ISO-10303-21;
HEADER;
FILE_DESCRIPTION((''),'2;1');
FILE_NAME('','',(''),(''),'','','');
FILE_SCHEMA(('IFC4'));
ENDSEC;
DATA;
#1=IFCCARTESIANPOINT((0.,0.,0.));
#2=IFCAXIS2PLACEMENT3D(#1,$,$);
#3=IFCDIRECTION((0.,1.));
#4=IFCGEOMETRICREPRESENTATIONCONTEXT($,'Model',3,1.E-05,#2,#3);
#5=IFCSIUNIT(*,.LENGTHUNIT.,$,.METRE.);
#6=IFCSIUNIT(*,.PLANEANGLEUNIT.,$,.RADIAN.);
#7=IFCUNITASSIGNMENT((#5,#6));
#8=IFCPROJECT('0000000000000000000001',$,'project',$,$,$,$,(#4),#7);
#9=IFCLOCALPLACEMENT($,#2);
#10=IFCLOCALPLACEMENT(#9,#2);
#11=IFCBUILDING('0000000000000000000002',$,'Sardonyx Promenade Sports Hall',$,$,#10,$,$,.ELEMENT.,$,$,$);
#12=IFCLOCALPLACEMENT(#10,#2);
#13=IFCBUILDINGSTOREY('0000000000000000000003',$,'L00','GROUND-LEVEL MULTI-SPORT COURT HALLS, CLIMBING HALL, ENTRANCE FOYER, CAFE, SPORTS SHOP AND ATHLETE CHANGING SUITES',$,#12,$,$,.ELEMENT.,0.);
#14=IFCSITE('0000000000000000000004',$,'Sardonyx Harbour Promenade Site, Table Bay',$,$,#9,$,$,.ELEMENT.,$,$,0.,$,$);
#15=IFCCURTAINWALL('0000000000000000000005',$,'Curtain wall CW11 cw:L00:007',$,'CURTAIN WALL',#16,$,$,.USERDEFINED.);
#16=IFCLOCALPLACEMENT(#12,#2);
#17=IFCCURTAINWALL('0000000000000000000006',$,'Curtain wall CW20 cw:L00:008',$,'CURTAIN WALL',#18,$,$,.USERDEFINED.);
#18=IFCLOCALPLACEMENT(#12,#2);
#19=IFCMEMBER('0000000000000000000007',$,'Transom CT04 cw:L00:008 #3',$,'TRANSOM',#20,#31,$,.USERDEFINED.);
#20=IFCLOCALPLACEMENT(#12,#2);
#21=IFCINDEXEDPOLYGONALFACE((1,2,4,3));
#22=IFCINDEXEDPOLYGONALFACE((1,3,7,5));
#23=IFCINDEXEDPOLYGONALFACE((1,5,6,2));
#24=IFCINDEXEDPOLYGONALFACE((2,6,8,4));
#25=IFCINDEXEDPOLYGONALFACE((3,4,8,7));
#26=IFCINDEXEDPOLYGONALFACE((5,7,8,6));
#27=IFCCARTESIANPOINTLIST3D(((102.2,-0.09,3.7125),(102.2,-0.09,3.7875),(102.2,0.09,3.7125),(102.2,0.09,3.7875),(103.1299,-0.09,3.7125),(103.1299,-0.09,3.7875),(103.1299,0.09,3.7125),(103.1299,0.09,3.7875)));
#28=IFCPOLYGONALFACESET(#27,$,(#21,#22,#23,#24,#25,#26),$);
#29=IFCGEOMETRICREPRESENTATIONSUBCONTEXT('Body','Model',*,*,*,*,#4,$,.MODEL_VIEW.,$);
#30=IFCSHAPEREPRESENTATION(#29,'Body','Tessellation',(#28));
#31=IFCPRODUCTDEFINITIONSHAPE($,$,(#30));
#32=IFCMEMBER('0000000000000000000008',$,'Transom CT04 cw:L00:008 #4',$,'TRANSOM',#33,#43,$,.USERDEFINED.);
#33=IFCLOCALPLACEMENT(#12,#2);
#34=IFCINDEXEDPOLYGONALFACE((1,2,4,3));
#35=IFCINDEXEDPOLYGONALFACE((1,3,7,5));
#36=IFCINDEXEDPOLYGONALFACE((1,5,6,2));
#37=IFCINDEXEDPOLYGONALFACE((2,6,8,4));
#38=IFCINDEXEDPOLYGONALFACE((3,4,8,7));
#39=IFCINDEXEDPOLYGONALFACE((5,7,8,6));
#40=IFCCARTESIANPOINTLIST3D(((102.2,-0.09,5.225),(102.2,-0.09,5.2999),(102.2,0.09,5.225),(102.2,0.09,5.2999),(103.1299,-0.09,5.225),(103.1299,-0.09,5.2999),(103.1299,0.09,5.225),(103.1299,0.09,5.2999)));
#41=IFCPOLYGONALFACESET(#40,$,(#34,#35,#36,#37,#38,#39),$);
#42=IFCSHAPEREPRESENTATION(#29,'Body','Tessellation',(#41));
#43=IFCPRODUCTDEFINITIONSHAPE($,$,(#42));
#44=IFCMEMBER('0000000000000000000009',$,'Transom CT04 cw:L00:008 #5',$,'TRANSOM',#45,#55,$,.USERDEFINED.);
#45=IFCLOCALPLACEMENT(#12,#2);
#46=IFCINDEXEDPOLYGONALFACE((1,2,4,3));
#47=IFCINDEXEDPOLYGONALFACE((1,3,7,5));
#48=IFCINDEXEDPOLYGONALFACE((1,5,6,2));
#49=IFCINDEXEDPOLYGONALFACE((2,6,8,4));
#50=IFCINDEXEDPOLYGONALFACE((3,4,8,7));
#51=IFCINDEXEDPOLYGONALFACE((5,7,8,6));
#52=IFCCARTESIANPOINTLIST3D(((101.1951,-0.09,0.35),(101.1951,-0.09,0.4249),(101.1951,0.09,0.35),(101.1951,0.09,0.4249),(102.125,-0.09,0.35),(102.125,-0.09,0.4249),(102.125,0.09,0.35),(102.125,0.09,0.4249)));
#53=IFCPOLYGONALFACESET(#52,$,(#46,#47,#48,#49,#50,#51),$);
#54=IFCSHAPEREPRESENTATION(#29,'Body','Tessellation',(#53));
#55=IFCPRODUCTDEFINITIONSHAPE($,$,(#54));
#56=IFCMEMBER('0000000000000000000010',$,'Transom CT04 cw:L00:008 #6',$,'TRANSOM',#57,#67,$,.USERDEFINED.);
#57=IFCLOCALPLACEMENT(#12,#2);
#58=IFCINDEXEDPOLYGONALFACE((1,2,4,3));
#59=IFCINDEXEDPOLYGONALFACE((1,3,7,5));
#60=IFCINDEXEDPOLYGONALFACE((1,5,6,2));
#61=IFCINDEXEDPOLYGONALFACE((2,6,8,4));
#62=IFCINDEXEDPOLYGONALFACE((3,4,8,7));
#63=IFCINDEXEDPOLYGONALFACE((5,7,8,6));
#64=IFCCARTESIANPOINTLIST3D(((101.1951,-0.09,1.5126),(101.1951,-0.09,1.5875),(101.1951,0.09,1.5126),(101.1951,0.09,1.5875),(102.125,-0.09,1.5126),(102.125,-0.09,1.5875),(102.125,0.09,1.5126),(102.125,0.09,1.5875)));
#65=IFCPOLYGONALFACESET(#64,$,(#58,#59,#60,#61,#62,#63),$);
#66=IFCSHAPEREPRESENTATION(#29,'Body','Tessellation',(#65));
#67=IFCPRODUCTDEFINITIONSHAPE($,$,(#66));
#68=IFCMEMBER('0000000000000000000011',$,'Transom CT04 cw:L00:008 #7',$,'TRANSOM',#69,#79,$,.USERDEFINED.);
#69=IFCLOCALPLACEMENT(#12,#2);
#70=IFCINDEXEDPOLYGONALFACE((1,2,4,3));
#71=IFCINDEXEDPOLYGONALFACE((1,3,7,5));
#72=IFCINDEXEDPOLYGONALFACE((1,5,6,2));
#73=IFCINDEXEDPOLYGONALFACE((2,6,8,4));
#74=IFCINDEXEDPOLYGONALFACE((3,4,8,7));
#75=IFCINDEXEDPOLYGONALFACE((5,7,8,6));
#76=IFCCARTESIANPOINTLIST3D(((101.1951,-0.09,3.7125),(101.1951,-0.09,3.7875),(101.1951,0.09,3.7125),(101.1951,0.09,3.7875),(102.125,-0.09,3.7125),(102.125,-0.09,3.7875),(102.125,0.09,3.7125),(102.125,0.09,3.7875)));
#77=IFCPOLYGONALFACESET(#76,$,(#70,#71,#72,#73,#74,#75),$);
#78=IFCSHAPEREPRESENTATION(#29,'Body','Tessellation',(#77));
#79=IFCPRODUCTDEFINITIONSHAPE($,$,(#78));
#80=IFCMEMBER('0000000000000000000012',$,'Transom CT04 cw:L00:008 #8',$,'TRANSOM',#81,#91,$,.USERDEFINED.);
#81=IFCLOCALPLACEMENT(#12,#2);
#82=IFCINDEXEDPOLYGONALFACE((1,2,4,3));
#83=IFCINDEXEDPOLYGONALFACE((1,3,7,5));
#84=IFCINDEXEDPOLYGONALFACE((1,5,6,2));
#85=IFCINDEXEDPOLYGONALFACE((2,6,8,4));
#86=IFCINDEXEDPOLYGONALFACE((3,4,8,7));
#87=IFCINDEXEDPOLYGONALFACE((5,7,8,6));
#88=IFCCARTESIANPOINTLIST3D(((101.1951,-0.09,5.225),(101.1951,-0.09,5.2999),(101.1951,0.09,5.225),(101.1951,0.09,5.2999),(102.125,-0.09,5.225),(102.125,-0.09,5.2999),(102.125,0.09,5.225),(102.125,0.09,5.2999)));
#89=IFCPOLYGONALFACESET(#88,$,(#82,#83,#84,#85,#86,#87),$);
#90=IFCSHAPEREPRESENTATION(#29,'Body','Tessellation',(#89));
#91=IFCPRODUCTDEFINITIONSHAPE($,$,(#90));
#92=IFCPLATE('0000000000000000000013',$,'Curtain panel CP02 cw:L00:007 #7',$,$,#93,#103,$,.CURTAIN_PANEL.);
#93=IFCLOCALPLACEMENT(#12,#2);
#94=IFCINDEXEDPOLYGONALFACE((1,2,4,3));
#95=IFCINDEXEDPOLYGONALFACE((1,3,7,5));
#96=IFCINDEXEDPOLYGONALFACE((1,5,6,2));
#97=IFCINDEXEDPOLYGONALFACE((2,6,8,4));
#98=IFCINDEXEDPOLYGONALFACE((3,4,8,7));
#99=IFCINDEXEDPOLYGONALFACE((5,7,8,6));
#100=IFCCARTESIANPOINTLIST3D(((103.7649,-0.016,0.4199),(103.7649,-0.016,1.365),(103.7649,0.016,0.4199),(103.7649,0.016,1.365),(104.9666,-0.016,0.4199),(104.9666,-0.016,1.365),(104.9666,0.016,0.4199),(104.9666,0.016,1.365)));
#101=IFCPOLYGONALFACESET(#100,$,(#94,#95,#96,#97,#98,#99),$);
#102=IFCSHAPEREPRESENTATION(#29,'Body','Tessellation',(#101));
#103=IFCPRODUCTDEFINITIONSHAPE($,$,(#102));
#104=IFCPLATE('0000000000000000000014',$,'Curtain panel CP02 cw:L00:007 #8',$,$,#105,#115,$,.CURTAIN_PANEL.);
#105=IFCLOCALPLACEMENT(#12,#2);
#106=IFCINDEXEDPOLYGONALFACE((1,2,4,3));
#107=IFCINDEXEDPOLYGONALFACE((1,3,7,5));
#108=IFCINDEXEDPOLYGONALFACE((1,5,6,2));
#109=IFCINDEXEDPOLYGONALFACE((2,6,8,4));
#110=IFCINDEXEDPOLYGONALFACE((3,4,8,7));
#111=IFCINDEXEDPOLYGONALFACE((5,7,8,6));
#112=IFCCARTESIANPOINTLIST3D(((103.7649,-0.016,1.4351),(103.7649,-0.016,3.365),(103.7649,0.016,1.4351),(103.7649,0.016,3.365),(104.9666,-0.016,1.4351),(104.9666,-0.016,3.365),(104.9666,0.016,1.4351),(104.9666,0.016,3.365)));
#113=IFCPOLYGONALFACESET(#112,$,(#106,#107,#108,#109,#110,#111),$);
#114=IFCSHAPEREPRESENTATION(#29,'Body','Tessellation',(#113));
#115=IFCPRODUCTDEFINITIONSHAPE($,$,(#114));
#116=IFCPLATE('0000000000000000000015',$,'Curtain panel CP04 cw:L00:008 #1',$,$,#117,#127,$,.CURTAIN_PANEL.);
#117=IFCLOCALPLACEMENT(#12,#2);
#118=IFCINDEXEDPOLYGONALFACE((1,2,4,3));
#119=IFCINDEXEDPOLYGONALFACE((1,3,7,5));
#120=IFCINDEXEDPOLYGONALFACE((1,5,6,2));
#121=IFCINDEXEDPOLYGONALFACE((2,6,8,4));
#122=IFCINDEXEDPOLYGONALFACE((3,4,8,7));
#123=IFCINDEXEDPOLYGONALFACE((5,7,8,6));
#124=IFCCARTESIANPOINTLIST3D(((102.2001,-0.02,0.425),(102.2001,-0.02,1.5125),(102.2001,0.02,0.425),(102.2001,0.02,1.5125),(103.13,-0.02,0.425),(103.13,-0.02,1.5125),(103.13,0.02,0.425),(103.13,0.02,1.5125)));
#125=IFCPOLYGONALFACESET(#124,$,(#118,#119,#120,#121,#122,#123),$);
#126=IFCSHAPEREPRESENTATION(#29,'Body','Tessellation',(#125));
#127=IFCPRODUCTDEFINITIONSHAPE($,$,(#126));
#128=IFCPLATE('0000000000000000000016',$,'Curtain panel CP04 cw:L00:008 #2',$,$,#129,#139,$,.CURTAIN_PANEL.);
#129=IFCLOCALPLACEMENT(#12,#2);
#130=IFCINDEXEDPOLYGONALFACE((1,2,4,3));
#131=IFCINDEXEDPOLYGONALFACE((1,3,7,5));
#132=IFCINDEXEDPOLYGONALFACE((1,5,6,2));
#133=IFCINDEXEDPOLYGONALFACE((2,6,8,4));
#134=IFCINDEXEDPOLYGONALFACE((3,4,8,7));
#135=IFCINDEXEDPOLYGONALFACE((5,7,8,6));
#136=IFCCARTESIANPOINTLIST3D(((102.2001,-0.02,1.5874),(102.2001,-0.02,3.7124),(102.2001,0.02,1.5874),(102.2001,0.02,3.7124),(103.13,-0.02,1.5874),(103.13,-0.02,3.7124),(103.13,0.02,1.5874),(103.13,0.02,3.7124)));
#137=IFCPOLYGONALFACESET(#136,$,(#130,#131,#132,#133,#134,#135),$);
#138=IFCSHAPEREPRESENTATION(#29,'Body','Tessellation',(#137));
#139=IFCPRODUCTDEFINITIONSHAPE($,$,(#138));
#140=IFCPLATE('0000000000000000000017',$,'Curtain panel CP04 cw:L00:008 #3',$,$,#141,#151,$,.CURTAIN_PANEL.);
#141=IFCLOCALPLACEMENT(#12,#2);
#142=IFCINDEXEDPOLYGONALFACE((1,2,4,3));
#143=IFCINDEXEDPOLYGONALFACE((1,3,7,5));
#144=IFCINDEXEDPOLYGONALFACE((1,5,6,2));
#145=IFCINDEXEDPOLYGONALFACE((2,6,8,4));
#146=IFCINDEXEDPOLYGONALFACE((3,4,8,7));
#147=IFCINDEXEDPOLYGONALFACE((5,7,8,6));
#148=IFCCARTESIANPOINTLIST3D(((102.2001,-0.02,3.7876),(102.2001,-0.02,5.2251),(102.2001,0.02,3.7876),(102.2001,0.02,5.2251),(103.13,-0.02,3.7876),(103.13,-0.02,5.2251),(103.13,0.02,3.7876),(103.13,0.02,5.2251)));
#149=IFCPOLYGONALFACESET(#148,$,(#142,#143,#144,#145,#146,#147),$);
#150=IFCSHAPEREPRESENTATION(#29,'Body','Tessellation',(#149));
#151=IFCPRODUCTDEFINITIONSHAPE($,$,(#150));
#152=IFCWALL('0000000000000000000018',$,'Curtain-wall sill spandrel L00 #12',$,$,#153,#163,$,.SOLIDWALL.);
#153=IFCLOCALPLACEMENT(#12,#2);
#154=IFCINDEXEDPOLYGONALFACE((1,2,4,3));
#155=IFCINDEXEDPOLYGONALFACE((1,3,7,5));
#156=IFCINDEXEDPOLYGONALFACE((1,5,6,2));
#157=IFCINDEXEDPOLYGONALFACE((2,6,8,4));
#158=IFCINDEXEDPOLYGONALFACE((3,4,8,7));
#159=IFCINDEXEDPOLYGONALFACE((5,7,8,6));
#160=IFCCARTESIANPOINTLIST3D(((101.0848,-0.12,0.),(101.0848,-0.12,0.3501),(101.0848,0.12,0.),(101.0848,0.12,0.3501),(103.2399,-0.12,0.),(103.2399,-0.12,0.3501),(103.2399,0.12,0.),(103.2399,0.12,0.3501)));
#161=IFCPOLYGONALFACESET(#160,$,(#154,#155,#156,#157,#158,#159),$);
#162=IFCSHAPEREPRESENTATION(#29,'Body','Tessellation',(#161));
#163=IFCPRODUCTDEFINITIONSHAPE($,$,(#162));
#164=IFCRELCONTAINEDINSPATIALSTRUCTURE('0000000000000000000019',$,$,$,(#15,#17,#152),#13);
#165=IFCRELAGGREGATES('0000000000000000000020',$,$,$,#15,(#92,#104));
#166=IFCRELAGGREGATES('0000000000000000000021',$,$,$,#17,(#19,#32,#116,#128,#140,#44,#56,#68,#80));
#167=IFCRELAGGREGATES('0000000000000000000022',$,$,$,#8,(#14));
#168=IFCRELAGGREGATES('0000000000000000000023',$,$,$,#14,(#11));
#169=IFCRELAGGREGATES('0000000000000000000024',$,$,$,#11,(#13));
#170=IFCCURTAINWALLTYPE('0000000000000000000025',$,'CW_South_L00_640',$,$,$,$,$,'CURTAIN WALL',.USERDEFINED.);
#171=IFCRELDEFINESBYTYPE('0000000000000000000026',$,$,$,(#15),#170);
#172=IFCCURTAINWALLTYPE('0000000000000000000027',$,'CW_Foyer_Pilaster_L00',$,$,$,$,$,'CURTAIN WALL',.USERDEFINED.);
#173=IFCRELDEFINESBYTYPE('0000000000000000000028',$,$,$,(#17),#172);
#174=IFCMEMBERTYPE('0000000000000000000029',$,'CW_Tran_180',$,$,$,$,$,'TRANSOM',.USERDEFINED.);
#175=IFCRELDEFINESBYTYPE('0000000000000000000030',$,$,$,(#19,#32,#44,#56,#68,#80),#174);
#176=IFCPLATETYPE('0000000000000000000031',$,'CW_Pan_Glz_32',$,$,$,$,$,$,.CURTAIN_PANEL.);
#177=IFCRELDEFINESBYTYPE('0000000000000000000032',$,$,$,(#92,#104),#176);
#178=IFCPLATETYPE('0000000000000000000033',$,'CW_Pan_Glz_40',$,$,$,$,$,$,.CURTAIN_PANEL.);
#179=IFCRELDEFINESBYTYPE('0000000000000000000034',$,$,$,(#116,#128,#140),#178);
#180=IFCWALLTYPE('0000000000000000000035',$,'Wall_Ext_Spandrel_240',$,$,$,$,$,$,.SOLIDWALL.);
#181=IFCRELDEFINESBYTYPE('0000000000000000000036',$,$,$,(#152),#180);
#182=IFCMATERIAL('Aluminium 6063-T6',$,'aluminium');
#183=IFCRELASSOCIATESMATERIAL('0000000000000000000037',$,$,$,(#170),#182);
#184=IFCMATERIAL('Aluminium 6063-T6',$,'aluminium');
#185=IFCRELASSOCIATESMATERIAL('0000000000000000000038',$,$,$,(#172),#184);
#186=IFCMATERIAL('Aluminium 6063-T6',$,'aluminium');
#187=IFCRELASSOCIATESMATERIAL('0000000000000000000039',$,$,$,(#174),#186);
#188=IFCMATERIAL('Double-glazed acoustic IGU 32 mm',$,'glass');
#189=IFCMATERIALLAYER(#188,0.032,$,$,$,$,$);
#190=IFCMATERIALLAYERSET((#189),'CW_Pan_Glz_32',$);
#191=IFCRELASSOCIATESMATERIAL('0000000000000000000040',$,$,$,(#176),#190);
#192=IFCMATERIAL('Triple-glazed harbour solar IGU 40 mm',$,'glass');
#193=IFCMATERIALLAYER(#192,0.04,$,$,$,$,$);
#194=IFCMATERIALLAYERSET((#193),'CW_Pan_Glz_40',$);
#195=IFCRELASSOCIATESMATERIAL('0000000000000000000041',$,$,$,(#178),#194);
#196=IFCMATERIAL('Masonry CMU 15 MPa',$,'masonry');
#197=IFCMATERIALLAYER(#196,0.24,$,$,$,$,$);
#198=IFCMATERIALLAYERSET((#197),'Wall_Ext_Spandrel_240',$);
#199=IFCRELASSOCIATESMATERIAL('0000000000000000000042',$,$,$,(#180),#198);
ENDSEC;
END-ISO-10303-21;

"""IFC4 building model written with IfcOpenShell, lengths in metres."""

from ifc_helpers import new_model, si_unit, direction, frame, frame_2d, origin, origin_2d, place, context, subcontext, project, spatial, rectangle, extrude, material, layer, layer_set, material_profile, profile_set, type_object, element, aggregate, save


model = new_model("IFC4")

# Units and contexts
model_context = context("Model", 3, precision=1e-05, world=origin(), true_north=direction((0.0, 1.0)))
body_context = subcontext(model_context, "Body", "Model", "MODEL_VIEW")
ifc_project = project(units=[si_unit("LENGTHUNIT", "METRE"), si_unit("PLANEANGLEUNIT", "RADIAN")], contexts=[model_context])

# Site, building, storey
site_placement = place(None, origin())
site = spatial("IfcSite", under=ifc_project, at=site_placement, Name="Sardonyx Harbour Promenade Site, Table Bay", CompositionType="ELEMENT", RefElevation=0.0)
building_placement = place(site_placement, origin())
building = spatial("IfcBuilding", under=site, at=building_placement, Name="Sardonyx Promenade Sports Hall", CompositionType="ELEMENT")
storey_placement = place(building_placement, origin())
storey = spatial("IfcBuildingStorey", under=building, at=storey_placement, Name="L00", Description="GROUND-LEVEL MULTI-SPORT COURT HALLS, CLIMBING HALL, ENTRANCE FOYER, CAFE, SPORTS SHOP AND ATHLETE CHANGING SUITES", CompositionType="ELEMENT", Elevation=0.0)

# Curtain wall
ifc_material_1 = material(Name="Aluminium 6063-T6", Category="aluminium")
curtain_wall_type_1 = type_object("IfcCurtainWallType", Name="CW_South_L00_640", ElementType="CURTAIN WALL", PredefinedType="USERDEFINED", material=ifc_material_1)
curtain_wall_1_placement = place(storey_placement, origin())
curtain_wall_1 = element("IfcCurtainWall", 1, at=curtain_wall_1_placement, inside=storey, type_object=curtain_wall_type_1, Name="Curtain wall CW11 cw:L00:007", ObjectType="CURTAIN WALL", PredefinedType="USERDEFINED")

# Curtain wall, members
ifc_material_2 = material(Name="Aluminium 6063-T6", Category="aluminium")
curtain_wall_type_2 = type_object("IfcCurtainWallType", Name="CW_Foyer_Pilaster_L00", ElementType="CURTAIN WALL", PredefinedType="USERDEFINED", material=ifc_material_2)
curtain_wall_2_placement = place(storey_placement, origin())
curtain_wall_2 = element("IfcCurtainWall", 2, at=curtain_wall_2_placement, inside=storey, type_object=curtain_wall_type_2, Name="Curtain wall CW20 cw:L00:008", ObjectType="CURTAIN WALL", PredefinedType="USERDEFINED")
ifc_material_3 = material(Name="Aluminium 6063-T6", Category="aluminium")
ifc_material_profile_1 = material_profile(ifc_material_3, rectangle(XDim=0.075, YDim=0.1799, at=origin_2d()))
ifc_profile_set_1 = profile_set([ifc_material_profile_1], Name="Aluminium 6063-T6")
member_type_1 = type_object("IfcMemberType", Name="CW_Tran_180", ElementType="TRANSOM", PredefinedType="USERDEFINED", material=ifc_profile_set_1)
member_1_placement = place(storey_placement, frame((103.1299, 0.0, 3.75), z_axis=(-1.0, 0.0, 0.0), x_axis=(0.0, 0.0, 1.0)))
member_1 = element("IfcMember", 3, at=member_1_placement, type_object=member_type_1, Name="Transom CT04 cw:L00:008 #3", ObjectType="TRANSOM", PredefinedType="USERDEFINED", context=body_context, shape_type="SweptSolid", body=[
    extrude(rectangle(XDim=0.075, YDim=0.1799, at=origin_2d()), origin(), (0.0, 0.0, 1.0), 0.9299),
])
member_2_placement = place(storey_placement, frame((103.1299, 0.0, 5.2625), z_axis=(-1.0, 0.0, 0.0), x_axis=(0.0, 0.0, 1.0)))
member_2 = element("IfcMember", 4, at=member_2_placement, type_object=member_type_1, Name="Transom CT04 cw:L00:008 #4", ObjectType="TRANSOM", PredefinedType="USERDEFINED", context=body_context, shape_type="SweptSolid", body=[
    extrude(rectangle(XDim=0.075, YDim=0.1799, at=origin_2d()), origin(), (0.0, 0.0, 1.0), 0.9299),
])
member_3_placement = place(storey_placement, frame((102.125, 0.0, 0.3875), z_axis=(-1.0, 0.0, 0.0), x_axis=(0.0, 0.0, 1.0)))
member_3 = element("IfcMember", 5, at=member_3_placement, type_object=member_type_1, Name="Transom CT04 cw:L00:008 #5", ObjectType="TRANSOM", PredefinedType="USERDEFINED", context=body_context, shape_type="SweptSolid", body=[
    extrude(rectangle(XDim=0.075, YDim=0.1799, at=origin_2d()), origin(), (0.0, 0.0, 1.0), 0.9299),
])
member_4_placement = place(storey_placement, frame((102.125, 0.0, 1.55), z_axis=(-1.0, 0.0, 0.0), x_axis=(0.0, 0.0, 1.0)))
member_4 = element("IfcMember", 6, at=member_4_placement, type_object=member_type_1, Name="Transom CT04 cw:L00:008 #6", ObjectType="TRANSOM", PredefinedType="USERDEFINED", context=body_context, shape_type="SweptSolid", body=[
    extrude(rectangle(XDim=0.075, YDim=0.1799, at=origin_2d()), origin(), (0.0, 0.0, 1.0), 0.9299),
])
member_5_placement = place(storey_placement, frame((102.125, 0.0, 3.75), z_axis=(-1.0, 0.0, 0.0), x_axis=(0.0, 0.0, 1.0)))
member_5 = element("IfcMember", 7, at=member_5_placement, type_object=member_type_1, Name="Transom CT04 cw:L00:008 #7", ObjectType="TRANSOM", PredefinedType="USERDEFINED", context=body_context, shape_type="SweptSolid", body=[
    extrude(rectangle(XDim=0.075, YDim=0.1799, at=origin_2d()), origin(), (0.0, 0.0, 1.0), 0.9299),
])
member_6_placement = place(storey_placement, frame((102.125, 0.0, 5.2625), z_axis=(-1.0, 0.0, 0.0), x_axis=(0.0, 0.0, 1.0)))
member_6 = element("IfcMember", 8, at=member_6_placement, type_object=member_type_1, Name="Transom CT04 cw:L00:008 #8", ObjectType="TRANSOM", PredefinedType="USERDEFINED", context=body_context, shape_type="SweptSolid", body=[
    extrude(rectangle(XDim=0.075, YDim=0.1799, at=origin_2d()), origin(), (0.0, 0.0, 1.0), 0.9299),
])

# Plates
ifc_material_4 = material(Name="Double-glazed acoustic IGU 32 mm", Category="glass")
ifc_layer_1 = layer(ifc_material_4, 0.032)
ifc_layer_set_1 = layer_set([ifc_layer_1], Name="CW_Pan_Glz_32")
plate_type_1 = type_object("IfcPlateType", Name="CW_Pan_Glz_32", PredefinedType="CURTAIN_PANEL", material=ifc_layer_set_1)
plate_1_placement = place(storey_placement, frame((104.3657, 0.0, 0.4199), z_axis=(0.0, 0.0, 1.0), x_axis=(-1.0, 0.0, 0.0)))
plate_1 = element("IfcPlate", 9, at=plate_1_placement, type_object=plate_type_1, Name="Curtain panel CP02 cw:L00:007 #7", PredefinedType="CURTAIN_PANEL", context=body_context, shape_type="SweptSolid", body=[
    extrude(rectangle(XDim=1.2017, YDim=0.032, at=origin_2d()), origin(), (0.0, 0.0, 1.0), 0.9451),
])
plate_2_placement = place(storey_placement, frame((104.3657, 0.0, 1.4351), z_axis=(0.0, 0.0, 1.0), x_axis=(-1.0, 0.0, 0.0)))
plate_2 = element("IfcPlate", 10, at=plate_2_placement, type_object=plate_type_1, Name="Curtain panel CP02 cw:L00:007 #8", PredefinedType="CURTAIN_PANEL", context=body_context, shape_type="SweptSolid", body=[
    extrude(rectangle(XDim=1.2017, YDim=0.032, at=origin_2d()), origin(), (0.0, 0.0, 1.0), 1.9299),
])
aggregate(curtain_wall_1, [plate_1, plate_2])
ifc_material_5 = material(Name="Triple-glazed harbour solar IGU 40 mm", Category="glass")
ifc_layer_2 = layer(ifc_material_5, 0.04)
ifc_layer_set_2 = layer_set([ifc_layer_2], Name="CW_Pan_Glz_40")
plate_type_2 = type_object("IfcPlateType", Name="CW_Pan_Glz_40", PredefinedType="CURTAIN_PANEL", material=ifc_layer_set_2)
plate_3_placement = place(storey_placement, frame((102.665, 0.0, 0.425), z_axis=(0.0, 0.0, 1.0), x_axis=(-1.0, 0.0, 0.0)))
plate_3 = element("IfcPlate", 11, at=plate_3_placement, type_object=plate_type_2, Name="Curtain panel CP04 cw:L00:008 #1", PredefinedType="CURTAIN_PANEL", context=body_context, shape_type="SweptSolid", body=[
    extrude(rectangle(XDim=0.9299, YDim=0.04, at=origin_2d()), origin(), (0.0, 0.0, 1.0), 1.0874),
])
plate_4_placement = place(storey_placement, frame((102.665, 0.0, 1.5874), z_axis=(0.0, 0.0, 1.0), x_axis=(-1.0, 0.0, 0.0)))
plate_4 = element("IfcPlate", 12, at=plate_4_placement, type_object=plate_type_2, Name="Curtain panel CP04 cw:L00:008 #2", PredefinedType="CURTAIN_PANEL", context=body_context, shape_type="SweptSolid", body=[
    extrude(rectangle(XDim=0.9299, YDim=0.04, at=origin_2d()), origin(), (0.0, 0.0, 1.0), 2.125),
])
plate_5_placement = place(storey_placement, frame((102.665, 0.0, 3.7876), z_axis=(0.0, 0.0, 1.0), x_axis=(-1.0, 0.0, 0.0)))
plate_5 = element("IfcPlate", 13, at=plate_5_placement, type_object=plate_type_2, Name="Curtain panel CP04 cw:L00:008 #3", PredefinedType="CURTAIN_PANEL", context=body_context, shape_type="SweptSolid", body=[
    extrude(rectangle(XDim=0.9299, YDim=0.04, at=origin_2d()), origin(), (0.0, 0.0, 1.0), 1.4375),
])
aggregate(curtain_wall_2, [member_1, member_2, plate_3, plate_4, plate_5, member_3, member_4, member_5, member_6])

# Wall
ifc_material_6 = material(Name="Masonry CMU 15 MPa", Category="masonry")
ifc_layer_3 = layer(ifc_material_6, 0.24)
ifc_layer_set_3 = layer_set([ifc_layer_3], Name="Wall_Ext_Spandrel_240")
wall_type_1 = type_object("IfcWallType", Name="Wall_Ext_Spandrel_240", PredefinedType="SOLIDWALL", material=ifc_layer_set_3)
wall_1_placement = place(storey_placement, frame((103.24, 0.0, 0.0), z_axis=(0.0, 0.0, 1.0), x_axis=(-1.0, 0.0, 0.0)))
element("IfcWall", 14, at=wall_1_placement, inside=storey, type_object=wall_type_1, Name="Curtain-wall sill spandrel L00 #12", PredefinedType="SOLIDWALL", context=body_context, shape_type="SweptSolid", body=[
    extrude(rectangle(XDim=2.155, YDim=0.24, at=frame_2d((1.0776, 0.0))), origin(), (0.0, 0.0, 1.0), 0.3501),
])

save(model, "model.ifc")
